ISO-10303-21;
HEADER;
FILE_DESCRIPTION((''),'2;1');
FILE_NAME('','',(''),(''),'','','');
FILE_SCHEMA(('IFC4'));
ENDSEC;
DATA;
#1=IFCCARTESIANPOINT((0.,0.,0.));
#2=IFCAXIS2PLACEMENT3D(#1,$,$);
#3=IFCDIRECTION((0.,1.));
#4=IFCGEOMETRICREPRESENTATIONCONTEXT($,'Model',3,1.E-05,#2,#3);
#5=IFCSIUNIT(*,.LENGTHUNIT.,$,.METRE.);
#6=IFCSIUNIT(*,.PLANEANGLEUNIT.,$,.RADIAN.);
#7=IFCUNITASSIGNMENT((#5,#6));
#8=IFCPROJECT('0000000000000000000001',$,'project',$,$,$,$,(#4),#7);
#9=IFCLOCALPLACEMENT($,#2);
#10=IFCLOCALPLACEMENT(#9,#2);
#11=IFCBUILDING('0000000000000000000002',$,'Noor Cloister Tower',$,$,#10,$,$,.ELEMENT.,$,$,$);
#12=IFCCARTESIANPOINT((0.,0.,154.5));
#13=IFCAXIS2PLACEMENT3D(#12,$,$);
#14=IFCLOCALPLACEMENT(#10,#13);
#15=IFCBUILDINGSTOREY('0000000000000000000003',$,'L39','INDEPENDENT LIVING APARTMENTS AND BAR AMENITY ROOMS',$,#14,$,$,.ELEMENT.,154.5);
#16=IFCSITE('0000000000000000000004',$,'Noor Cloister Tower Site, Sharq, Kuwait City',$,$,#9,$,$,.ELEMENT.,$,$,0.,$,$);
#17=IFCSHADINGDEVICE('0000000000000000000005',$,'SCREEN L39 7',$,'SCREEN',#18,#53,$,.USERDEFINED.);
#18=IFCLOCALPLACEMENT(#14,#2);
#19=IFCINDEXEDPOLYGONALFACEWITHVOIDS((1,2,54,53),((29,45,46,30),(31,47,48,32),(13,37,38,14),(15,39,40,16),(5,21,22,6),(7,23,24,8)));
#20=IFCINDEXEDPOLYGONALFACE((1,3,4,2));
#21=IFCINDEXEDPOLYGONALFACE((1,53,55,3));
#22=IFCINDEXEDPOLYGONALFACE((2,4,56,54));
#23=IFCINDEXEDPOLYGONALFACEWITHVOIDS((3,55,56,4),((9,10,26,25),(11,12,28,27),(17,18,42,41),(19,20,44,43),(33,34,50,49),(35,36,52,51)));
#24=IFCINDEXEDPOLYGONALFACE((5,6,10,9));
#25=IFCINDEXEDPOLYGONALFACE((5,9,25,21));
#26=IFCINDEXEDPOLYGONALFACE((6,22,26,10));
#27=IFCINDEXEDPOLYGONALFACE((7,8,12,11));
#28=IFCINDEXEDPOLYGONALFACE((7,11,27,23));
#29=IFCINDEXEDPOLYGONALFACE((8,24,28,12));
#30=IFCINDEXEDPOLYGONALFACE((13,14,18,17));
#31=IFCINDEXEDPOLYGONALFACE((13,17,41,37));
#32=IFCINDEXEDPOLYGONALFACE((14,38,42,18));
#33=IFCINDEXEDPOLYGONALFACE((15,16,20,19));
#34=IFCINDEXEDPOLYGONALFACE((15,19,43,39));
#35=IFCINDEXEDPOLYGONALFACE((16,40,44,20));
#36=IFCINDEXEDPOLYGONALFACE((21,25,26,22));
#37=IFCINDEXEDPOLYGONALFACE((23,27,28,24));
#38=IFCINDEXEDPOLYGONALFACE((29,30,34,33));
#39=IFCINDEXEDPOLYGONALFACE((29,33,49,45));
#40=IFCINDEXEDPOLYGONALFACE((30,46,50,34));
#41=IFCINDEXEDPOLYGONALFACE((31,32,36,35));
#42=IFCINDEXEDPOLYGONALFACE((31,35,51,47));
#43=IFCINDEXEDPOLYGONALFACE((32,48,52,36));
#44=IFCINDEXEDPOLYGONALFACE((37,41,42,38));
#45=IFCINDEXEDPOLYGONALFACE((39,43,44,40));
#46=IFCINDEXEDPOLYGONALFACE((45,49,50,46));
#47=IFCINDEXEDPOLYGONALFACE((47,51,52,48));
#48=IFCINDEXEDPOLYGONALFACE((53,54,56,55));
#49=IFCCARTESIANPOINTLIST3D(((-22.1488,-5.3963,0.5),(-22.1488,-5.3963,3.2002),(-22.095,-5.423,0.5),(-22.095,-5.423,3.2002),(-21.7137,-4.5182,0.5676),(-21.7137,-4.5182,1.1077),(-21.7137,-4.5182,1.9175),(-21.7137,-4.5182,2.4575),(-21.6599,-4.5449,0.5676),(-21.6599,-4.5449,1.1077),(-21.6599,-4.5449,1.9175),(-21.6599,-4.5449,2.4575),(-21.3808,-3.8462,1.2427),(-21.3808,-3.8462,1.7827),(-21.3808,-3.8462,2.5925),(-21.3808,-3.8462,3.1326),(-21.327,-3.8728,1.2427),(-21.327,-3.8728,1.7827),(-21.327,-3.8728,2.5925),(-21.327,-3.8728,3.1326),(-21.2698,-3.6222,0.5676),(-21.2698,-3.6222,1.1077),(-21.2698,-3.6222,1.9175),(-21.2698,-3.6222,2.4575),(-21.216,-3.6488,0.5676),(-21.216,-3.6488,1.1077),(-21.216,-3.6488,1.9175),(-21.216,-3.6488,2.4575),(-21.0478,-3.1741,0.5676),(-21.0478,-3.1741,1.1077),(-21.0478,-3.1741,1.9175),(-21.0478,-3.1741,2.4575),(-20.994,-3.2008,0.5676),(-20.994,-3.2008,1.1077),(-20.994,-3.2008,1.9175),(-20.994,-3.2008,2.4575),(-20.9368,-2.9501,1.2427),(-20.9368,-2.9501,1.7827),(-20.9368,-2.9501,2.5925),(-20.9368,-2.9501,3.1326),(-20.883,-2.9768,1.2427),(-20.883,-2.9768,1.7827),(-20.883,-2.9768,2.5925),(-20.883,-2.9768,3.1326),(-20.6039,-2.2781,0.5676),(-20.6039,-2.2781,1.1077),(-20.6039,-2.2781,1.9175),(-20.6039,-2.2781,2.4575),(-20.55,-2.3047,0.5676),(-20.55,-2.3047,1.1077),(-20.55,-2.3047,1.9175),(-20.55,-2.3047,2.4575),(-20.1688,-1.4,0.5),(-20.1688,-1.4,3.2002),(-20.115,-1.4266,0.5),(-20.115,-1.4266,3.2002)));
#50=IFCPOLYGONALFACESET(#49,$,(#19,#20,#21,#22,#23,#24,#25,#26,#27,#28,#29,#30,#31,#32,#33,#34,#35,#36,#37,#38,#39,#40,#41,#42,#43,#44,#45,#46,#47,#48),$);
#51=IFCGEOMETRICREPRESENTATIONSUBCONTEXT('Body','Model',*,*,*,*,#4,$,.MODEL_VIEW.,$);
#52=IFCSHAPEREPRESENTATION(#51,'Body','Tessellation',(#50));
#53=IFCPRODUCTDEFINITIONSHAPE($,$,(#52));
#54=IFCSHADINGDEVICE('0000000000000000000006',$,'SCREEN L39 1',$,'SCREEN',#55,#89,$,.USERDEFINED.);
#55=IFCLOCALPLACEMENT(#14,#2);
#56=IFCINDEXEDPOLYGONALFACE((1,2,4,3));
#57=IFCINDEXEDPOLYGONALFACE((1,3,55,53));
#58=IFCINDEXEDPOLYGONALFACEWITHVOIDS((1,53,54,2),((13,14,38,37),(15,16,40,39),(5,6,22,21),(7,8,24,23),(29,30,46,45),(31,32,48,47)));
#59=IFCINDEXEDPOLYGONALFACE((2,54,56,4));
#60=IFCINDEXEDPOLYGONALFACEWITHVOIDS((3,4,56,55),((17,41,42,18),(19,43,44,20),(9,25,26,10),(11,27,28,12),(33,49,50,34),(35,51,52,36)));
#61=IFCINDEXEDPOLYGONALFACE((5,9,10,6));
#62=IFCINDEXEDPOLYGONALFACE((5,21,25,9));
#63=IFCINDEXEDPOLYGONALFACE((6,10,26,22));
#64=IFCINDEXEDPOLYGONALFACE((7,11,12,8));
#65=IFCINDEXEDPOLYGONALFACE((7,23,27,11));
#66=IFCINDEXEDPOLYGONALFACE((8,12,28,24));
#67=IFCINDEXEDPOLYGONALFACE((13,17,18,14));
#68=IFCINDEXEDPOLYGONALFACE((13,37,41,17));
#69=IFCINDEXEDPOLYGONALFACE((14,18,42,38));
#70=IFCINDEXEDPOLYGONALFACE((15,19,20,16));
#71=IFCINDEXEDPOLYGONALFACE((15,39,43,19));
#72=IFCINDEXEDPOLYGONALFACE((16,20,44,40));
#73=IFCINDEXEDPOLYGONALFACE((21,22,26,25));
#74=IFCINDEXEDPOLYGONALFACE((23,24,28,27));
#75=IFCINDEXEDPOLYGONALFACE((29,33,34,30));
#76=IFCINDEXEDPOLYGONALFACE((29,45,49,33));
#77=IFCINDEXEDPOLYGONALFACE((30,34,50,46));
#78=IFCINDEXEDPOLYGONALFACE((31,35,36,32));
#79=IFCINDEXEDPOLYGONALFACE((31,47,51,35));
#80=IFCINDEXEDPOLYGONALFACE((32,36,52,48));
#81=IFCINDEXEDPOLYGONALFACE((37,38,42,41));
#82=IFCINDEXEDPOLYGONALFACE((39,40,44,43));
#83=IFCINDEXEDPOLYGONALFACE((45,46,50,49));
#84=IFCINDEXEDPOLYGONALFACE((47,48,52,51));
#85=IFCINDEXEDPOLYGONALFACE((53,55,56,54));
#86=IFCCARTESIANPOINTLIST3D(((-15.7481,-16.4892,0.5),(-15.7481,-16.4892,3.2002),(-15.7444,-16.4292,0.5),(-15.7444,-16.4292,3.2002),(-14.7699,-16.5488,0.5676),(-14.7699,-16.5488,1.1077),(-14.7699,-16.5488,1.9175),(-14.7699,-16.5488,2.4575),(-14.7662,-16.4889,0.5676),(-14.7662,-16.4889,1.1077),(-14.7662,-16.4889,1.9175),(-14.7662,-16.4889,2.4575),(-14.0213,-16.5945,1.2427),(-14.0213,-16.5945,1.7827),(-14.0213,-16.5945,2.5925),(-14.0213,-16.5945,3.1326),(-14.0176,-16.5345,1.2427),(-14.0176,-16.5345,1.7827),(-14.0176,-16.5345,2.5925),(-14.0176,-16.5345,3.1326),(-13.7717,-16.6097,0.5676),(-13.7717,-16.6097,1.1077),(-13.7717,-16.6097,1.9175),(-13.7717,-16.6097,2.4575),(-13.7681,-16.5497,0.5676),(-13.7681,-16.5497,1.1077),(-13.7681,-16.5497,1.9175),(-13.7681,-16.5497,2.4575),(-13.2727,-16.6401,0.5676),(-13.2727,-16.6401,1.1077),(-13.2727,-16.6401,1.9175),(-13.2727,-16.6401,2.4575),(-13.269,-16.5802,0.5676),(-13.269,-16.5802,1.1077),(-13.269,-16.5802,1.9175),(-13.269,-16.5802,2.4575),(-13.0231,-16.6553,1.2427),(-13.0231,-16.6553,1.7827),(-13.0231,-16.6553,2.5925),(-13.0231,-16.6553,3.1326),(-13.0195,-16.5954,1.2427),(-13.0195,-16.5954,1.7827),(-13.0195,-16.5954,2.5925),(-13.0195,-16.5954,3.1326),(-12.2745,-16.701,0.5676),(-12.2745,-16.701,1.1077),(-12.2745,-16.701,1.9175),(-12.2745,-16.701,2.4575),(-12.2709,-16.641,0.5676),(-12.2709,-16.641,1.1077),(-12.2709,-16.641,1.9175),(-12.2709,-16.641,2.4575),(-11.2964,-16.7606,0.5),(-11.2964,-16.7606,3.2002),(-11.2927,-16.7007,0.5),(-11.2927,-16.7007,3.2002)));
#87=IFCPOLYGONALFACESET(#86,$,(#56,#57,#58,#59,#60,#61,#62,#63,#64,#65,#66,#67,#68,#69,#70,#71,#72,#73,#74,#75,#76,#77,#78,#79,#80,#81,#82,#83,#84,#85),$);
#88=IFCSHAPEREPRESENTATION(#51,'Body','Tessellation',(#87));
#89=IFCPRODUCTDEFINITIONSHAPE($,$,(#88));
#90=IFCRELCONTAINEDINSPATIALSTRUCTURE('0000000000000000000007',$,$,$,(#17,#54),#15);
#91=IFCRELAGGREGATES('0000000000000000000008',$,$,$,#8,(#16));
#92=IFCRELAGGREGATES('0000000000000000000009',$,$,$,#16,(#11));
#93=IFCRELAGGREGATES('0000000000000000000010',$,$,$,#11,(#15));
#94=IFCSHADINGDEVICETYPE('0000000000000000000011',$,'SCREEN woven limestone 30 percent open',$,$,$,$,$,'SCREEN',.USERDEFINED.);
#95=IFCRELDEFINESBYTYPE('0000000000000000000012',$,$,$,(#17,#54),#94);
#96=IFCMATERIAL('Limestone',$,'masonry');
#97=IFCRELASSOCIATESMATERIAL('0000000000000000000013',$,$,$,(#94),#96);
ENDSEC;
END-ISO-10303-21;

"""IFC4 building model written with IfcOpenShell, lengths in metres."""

from ifc_helpers import new_model, si_unit, direction, frame, origin, place, context, subcontext, project, spatial, polyline, outline, extrude, material, material_profile, profile_set, type_object, element, save


model = new_model("IFC4")

# Units and contexts
model_context = context("Model", 3, precision=1e-05, world=origin(), true_north=direction((0.0, 1.0)))
body_context = subcontext(model_context, "Body", "Model", "MODEL_VIEW")
ifc_project = project(units=[si_unit("LENGTHUNIT", "METRE"), si_unit("PLANEANGLEUNIT", "RADIAN")], contexts=[model_context])

# Site, building, storey
site_placement = place(None, origin())
site = spatial("IfcSite", under=ifc_project, at=site_placement, Name="Noor Cloister Tower Site, Sharq, Kuwait City", CompositionType="ELEMENT", RefElevation=0.0)
building_placement = place(site_placement, origin())
building = spatial("IfcBuilding", under=site, at=building_placement, Name="Noor Cloister Tower", CompositionType="ELEMENT")
storey_placement = place(building_placement, frame((0.0, 0.0, 154.5)))
storey = spatial("IfcBuildingStorey", under=building, at=storey_placement, Name="L39", Description="INDEPENDENT LIVING APARTMENTS AND BAR AMENITY ROOMS", CompositionType="ELEMENT", Elevation=154.5)

# Shading devices
ifc_material_1 = material(Name="Limestone", Category="masonry")
ifc_material_profile_1 = material_profile(ifc_material_1, outline(polyline([(-2.23, -1.3501), (2.23, -1.3501), (2.23, 1.3501), (-2.23, 1.3501), (-2.23, -1.3501)]), holes=[polyline([(-1.25, -1.2825), (-0.25, -1.2825), (-0.25, -0.7424), (-1.25, -0.7424), (-1.25, -1.2825)]), polyline([(0.25, -1.2825), (1.25, -1.2825), (1.25, -0.7424), (0.25, -0.7424), (0.25, -1.2825)]), polyline([(-0.5, -0.6074), (0.5, -0.6074), (0.5, -0.0674), (-0.5, -0.0674), (-0.5, -0.6074)]), polyline([(-1.25, 0.0674), (-0.25, 0.0674), (-0.25, 0.6074), (-1.25, 0.6074), (-1.25, 0.0674)]), polyline([(0.25, 0.0674), (1.25, 0.0674), (1.25, 0.6074), (0.25, 0.6074), (0.25, 0.0674)]), polyline([(-0.5, 0.7424), (0.5, 0.7424), (0.5, 1.2825), (-0.5, 1.2825), (-0.5, 0.7424)])]), Name="Woven screen 30 percent open")
ifc_profile_set_1 = profile_set([ifc_material_profile_1], Name="Limestone")
shading_device_type = type_object("IfcShadingDeviceType", Name="SCREEN woven limestone 30 percent open", ElementType="SCREEN", PredefinedType="USERDEFINED", material=ifc_profile_set_1)
for number, where, z_axis, x_axis, name in (
    (1, (-21.105, -3.4248, 1.8501), (-0.89605, 0.443952, 0.0), (-0.443952, -0.89605, 0.0), "SCREEN L39 7"),
    (2, (-13.5186, -16.5649, 1.8501), (-0.060863, -0.998146, 0.0), (0.998146, -0.060863, 0.0), "SCREEN L39 1"),
):
    element("IfcShadingDevice", number, at=place(storey_placement, frame(where, z_axis=z_axis, x_axis=x_axis)), inside=storey, type_object=shading_device_type, Name=name, ObjectType="SCREEN", PredefinedType="USERDEFINED", context=body_context, shape_type="SweptSolid", body=[
        extrude(outline(polyline([(-2.23, -1.3501), (2.23, -1.3501), (2.23, 1.3501), (-2.23, 1.3501), (-2.23, -1.3501)]), holes=[polyline([(-1.25, -1.2825), (-0.25, -1.2825), (-0.25, -0.7424), (-1.25, -0.7424), (-1.25, -1.2825)]), polyline([(0.25, -1.2825), (1.25, -1.2825), (1.25, -0.7424), (0.25, -0.7424), (0.25, -1.2825)]), polyline([(-0.5, -0.6074), (0.5, -0.6074), (0.5, -0.0674), (-0.5, -0.0674), (-0.5, -0.6074)]), polyline([(-1.25, 0.0674), (-0.25, 0.0674), (-0.25, 0.6074), (-1.25, 0.6074), (-1.25, 0.0674)]), polyline([(0.25, 0.0674), (1.25, 0.0674), (1.25, 0.6074), (0.25, 0.6074), (0.25, 0.0674)]), polyline([(-0.5, 0.7424), (0.5, 0.7424), (0.5, 1.2825), (-0.5, 1.2825), (-0.5, 0.7424)])]), origin(), (0.0, 0.0, 1.0), 0.0601),
    ])

save(model, "model.ifc")
